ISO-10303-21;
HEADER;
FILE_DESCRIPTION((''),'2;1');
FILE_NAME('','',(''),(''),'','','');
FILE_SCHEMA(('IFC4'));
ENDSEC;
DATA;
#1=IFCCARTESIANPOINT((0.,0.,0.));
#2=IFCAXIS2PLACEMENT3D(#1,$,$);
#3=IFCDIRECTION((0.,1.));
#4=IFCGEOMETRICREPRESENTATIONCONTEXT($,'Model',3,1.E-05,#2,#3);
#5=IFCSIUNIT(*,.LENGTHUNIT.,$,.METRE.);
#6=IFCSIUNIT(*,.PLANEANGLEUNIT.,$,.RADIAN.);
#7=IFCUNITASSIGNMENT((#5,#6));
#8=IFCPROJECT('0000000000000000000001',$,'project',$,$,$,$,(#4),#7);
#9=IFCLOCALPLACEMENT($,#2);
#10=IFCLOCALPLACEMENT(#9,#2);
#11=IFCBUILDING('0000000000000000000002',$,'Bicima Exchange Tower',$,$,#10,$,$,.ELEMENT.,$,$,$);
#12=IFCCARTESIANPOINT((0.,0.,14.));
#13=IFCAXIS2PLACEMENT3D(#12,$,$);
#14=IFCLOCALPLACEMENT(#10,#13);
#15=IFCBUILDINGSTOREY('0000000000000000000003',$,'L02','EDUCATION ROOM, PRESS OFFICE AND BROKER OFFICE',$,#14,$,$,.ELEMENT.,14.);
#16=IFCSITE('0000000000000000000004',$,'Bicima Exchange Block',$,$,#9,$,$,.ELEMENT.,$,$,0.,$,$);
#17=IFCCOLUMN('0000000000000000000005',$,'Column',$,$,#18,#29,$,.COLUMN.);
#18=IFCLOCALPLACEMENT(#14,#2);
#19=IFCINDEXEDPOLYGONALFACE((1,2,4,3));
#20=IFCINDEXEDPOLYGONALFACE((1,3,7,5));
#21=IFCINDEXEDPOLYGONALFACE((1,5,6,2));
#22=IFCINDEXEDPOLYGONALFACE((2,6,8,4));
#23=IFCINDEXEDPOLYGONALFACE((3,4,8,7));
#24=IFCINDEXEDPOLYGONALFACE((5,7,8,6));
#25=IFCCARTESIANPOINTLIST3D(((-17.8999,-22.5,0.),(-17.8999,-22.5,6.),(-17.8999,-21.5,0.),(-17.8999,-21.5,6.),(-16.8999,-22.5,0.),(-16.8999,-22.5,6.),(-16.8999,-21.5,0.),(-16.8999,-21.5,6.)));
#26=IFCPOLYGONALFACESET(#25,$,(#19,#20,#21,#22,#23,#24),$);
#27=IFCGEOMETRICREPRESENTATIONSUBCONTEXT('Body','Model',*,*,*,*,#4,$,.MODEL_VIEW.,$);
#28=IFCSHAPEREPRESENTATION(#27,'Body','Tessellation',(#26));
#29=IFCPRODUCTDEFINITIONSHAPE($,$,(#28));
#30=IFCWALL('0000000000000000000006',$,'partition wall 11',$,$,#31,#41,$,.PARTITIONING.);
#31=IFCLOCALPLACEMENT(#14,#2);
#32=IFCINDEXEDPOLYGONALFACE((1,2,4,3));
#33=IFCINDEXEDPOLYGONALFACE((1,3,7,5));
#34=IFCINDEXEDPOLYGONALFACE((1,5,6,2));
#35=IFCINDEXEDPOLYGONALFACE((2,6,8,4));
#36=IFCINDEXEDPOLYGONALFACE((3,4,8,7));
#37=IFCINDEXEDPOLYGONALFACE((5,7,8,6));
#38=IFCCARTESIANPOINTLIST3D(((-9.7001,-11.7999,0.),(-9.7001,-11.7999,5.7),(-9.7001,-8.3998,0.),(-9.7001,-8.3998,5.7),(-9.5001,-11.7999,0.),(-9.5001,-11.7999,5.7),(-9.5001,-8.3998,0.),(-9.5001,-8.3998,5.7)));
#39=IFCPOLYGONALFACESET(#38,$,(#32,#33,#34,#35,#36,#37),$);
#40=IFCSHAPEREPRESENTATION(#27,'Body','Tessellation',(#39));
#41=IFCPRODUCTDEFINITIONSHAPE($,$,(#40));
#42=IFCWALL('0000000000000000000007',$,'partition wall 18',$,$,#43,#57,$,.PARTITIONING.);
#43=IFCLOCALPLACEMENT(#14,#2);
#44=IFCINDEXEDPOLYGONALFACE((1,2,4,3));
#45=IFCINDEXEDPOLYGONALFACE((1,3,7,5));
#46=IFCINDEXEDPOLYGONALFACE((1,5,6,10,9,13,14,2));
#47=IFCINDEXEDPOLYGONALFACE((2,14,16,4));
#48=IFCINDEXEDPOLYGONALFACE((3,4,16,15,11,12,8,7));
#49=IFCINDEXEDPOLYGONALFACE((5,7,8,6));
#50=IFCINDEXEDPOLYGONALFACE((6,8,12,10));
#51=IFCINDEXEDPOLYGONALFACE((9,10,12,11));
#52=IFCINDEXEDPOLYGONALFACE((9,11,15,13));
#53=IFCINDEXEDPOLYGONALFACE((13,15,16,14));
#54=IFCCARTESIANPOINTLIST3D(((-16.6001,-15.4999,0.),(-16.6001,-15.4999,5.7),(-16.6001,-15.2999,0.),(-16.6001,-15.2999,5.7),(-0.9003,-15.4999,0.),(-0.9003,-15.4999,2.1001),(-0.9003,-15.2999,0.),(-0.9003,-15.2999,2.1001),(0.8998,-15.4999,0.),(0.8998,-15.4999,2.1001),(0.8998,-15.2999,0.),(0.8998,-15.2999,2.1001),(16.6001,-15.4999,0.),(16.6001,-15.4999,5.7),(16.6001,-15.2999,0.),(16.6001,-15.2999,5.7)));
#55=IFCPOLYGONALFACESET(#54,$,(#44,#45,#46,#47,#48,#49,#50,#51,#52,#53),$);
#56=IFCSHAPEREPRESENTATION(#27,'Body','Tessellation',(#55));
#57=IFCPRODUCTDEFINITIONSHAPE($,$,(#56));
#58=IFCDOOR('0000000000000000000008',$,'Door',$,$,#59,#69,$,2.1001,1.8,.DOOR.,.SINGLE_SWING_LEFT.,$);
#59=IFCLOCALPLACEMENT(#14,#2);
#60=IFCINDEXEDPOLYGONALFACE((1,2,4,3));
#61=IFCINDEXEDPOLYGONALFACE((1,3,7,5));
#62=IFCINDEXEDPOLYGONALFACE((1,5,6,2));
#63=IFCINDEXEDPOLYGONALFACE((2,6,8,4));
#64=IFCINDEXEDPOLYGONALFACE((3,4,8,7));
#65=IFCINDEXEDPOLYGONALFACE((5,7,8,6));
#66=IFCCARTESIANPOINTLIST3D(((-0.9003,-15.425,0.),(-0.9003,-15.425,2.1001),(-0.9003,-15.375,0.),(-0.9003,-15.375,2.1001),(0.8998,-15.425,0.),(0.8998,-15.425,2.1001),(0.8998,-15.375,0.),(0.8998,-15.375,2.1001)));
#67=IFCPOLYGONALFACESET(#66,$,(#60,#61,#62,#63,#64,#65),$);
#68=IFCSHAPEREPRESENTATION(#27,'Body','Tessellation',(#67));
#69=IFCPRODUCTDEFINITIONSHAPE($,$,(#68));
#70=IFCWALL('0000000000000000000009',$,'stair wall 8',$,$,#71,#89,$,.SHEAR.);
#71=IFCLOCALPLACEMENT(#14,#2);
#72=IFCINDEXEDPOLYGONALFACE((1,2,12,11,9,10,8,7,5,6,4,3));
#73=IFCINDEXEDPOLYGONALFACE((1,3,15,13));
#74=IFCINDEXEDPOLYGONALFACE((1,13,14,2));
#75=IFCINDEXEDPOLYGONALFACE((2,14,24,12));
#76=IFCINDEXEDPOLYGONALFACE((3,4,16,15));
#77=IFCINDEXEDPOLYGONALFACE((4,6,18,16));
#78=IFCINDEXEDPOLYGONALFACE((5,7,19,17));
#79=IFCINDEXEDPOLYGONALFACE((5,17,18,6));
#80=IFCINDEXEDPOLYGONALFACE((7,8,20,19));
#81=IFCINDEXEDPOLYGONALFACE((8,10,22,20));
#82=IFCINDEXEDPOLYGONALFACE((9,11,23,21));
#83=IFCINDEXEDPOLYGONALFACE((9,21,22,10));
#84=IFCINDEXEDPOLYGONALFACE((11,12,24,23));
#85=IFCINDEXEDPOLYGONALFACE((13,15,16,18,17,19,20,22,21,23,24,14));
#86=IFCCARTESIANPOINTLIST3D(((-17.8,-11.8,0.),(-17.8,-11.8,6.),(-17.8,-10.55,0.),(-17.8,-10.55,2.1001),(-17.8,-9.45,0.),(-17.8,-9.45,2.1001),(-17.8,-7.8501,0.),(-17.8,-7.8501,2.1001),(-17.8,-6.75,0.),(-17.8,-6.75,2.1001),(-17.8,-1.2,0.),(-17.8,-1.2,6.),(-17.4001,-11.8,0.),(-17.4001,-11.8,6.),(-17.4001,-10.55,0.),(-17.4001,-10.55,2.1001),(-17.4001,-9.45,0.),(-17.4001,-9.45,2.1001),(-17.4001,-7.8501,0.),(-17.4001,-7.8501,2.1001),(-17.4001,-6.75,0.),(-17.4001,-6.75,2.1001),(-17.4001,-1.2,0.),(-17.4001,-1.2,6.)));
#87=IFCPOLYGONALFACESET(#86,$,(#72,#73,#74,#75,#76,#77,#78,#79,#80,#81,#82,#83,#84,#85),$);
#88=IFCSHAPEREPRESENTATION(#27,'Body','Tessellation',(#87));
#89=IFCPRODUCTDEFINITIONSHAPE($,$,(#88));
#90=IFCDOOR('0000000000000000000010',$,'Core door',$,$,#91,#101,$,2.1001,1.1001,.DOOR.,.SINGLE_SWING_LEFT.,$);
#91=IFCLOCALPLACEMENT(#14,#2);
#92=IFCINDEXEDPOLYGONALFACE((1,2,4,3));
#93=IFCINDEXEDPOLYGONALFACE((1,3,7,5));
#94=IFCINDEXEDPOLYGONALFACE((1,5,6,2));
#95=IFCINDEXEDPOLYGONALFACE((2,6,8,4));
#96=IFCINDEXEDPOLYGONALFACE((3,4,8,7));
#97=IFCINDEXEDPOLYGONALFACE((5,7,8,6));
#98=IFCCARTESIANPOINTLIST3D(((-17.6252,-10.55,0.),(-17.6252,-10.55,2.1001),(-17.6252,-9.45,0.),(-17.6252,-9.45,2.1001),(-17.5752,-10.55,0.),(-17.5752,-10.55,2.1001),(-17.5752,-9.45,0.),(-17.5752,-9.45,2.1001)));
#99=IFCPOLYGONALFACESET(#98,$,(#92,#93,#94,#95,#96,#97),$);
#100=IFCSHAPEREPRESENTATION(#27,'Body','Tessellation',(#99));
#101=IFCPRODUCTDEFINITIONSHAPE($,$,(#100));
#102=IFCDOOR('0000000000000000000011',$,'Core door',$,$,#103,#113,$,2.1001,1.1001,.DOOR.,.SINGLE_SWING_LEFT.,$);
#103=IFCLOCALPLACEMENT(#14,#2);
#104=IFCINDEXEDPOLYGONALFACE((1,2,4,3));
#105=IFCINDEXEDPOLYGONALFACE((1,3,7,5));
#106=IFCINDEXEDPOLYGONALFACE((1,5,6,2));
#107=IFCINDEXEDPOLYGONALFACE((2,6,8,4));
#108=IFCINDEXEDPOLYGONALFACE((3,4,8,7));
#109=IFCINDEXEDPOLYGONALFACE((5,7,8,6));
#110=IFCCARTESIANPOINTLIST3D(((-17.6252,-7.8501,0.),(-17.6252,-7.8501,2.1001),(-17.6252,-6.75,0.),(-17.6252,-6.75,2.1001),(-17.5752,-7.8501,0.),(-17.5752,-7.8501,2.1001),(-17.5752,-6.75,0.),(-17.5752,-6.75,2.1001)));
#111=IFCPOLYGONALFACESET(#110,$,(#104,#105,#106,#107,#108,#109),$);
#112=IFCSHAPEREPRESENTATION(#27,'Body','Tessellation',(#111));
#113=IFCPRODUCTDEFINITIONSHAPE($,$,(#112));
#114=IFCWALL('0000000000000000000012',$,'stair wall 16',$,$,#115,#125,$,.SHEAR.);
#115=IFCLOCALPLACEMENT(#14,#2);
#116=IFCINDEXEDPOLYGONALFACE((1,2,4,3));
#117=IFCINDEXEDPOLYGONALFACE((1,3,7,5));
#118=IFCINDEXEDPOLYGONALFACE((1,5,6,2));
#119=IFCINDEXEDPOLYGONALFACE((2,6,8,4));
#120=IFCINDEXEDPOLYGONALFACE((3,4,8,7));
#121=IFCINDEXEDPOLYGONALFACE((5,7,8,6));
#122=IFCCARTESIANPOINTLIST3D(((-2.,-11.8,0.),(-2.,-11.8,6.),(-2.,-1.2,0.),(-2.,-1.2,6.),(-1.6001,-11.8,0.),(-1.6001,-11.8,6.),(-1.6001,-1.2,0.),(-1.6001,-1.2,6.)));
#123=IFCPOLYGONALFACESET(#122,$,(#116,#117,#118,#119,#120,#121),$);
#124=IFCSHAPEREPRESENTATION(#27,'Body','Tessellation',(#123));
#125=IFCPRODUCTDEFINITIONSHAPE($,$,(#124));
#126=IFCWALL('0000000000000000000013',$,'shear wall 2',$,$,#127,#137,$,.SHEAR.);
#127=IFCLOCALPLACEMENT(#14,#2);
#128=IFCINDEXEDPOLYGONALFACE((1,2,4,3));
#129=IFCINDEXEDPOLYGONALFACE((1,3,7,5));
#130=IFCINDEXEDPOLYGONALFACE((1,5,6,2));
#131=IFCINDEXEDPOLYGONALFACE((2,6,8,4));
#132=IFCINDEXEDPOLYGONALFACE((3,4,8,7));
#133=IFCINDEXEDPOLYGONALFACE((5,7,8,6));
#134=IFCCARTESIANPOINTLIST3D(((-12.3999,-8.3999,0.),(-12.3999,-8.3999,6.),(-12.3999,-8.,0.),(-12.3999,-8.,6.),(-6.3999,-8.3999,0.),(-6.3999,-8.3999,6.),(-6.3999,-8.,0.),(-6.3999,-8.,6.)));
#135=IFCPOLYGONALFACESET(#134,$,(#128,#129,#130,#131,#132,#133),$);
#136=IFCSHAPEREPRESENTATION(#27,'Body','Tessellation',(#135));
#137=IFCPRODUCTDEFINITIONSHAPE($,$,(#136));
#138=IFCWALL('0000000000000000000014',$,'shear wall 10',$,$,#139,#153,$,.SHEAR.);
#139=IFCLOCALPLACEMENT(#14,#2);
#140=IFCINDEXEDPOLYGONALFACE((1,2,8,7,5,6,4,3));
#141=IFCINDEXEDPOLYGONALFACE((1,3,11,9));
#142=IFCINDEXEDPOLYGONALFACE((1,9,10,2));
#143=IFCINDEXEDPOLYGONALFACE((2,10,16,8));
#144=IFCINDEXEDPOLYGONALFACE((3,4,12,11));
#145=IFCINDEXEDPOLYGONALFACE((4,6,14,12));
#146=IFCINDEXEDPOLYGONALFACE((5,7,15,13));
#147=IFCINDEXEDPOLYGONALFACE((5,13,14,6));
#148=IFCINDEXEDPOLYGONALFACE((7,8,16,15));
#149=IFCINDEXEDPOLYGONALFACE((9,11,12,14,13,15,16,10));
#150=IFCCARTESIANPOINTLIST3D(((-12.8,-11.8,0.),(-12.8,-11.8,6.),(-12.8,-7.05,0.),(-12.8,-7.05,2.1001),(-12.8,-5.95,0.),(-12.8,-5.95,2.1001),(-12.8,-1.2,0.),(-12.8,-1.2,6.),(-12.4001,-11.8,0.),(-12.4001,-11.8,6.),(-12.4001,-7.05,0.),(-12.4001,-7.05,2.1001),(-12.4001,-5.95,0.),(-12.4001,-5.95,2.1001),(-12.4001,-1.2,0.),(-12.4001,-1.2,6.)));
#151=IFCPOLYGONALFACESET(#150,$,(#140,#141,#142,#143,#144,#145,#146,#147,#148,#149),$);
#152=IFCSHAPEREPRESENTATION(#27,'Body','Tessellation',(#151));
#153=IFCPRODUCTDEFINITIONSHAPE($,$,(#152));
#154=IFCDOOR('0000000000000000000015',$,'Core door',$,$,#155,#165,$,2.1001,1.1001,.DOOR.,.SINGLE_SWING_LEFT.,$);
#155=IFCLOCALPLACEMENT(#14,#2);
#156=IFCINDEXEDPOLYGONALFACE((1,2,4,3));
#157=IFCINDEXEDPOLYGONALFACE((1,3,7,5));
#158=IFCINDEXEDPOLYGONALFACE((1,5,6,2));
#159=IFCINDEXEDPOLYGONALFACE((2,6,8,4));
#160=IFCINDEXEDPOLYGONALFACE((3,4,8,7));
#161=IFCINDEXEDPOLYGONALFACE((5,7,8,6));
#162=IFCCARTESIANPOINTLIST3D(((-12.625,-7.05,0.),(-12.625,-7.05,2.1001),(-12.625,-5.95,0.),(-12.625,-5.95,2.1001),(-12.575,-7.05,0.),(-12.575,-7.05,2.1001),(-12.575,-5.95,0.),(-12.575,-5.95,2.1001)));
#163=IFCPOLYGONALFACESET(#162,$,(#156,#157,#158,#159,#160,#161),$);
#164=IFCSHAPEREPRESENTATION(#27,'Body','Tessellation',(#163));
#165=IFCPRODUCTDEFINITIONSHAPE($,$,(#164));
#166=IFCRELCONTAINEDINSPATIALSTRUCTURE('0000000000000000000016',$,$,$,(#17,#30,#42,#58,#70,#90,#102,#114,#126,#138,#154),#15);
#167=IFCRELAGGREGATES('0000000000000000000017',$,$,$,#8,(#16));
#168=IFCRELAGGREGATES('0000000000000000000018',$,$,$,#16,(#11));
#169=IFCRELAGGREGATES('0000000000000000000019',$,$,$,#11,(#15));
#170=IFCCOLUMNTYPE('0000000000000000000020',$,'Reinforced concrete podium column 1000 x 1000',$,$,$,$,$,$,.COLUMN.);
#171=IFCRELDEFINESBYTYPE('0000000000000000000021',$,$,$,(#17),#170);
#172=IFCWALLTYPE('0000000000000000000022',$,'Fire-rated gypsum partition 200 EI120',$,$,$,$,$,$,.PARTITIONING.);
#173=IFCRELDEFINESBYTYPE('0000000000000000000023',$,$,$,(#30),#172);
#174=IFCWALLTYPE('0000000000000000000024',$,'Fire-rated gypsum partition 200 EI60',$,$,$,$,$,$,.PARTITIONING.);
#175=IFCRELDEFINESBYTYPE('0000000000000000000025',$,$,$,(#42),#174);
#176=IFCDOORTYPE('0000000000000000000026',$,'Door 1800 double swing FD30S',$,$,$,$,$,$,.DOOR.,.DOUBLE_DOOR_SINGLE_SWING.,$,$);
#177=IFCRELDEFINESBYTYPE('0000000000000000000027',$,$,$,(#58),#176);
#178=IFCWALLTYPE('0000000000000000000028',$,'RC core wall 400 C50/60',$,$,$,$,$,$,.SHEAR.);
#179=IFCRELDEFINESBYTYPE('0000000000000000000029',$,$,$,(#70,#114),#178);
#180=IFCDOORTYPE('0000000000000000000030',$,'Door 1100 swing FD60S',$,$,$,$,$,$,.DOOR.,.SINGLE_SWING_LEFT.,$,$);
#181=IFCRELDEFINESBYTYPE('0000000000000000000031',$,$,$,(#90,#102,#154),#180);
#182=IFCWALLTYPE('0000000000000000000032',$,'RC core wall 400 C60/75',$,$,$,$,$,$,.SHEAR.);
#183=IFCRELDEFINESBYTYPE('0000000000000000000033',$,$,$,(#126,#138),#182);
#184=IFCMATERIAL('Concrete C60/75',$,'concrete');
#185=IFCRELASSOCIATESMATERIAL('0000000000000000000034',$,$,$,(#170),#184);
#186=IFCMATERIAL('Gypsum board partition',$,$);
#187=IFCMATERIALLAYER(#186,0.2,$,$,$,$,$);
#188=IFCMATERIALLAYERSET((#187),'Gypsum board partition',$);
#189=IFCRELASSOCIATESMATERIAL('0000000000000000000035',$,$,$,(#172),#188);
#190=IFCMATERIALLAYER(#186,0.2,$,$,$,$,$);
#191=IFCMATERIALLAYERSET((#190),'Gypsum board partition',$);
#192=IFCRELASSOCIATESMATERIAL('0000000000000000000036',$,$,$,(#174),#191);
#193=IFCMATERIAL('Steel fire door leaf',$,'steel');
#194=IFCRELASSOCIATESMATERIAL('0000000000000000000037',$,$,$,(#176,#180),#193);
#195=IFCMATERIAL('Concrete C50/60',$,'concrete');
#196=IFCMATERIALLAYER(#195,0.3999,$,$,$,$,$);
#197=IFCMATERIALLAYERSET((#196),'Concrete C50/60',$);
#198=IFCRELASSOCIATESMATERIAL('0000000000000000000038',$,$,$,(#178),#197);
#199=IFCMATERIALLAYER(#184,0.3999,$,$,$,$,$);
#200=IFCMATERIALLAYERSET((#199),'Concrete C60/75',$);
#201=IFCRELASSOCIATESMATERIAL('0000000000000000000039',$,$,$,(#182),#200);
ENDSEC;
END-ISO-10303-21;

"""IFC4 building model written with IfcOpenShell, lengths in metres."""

from ifc_helpers import new_model, si_unit, direction, frame, frame_2d, origin, origin_2d, place, context, subcontext, project, spatial, rectangle, extrude, material, layer, layer_set, material_profile, profile_set, type_object, element, fill, save


model = new_model("IFC4")

# Units and contexts
model_context = context("Model", 3, precision=1e-05, world=origin(), true_north=direction((0.0, 1.0)))
body_context = subcontext(model_context, "Body", "Model", "MODEL_VIEW")
ifc_project = project(units=[si_unit("LENGTHUNIT", "METRE"), si_unit("PLANEANGLEUNIT", "RADIAN")], contexts=[model_context])

# Site, building, storey
site_placement = place(None, origin())
site = spatial("IfcSite", under=ifc_project, at=site_placement, Name="Bicima Exchange Block", CompositionType="ELEMENT", RefElevation=0.0)
building_placement = place(site_placement, origin())
building = spatial("IfcBuilding", under=site, at=building_placement, Name="Bicima Exchange Tower", CompositionType="ELEMENT")
storey_placement = place(building_placement, frame((0.0, 0.0, 14.0)))
storey = spatial("IfcBuildingStorey", under=building, at=storey_placement, Name="L02", Description="EDUCATION ROOM, PRESS OFFICE AND BROKER OFFICE", CompositionType="ELEMENT", Elevation=14.0)

# Column
ifc_material_1 = material(Name="Concrete C60/75", Category="concrete")
ifc_material_profile = material_profile(ifc_material_1, rectangle(XDim=1.0, YDim=1.0, at=origin_2d()))
ifc_profile_set = profile_set([ifc_material_profile], Name="Concrete C60/75")
column_type = type_object("IfcColumnType", Name="Reinforced concrete podium column 1000 x 1000", PredefinedType="COLUMN", material=ifc_profile_set)
column_placement = place(storey_placement, frame((-17.3999, -22.0, 0.0), z_axis=(0.0, 0.0, 1.0), x_axis=(1.0, 0.0, 0.0)))
element("IfcColumn", 1, at=column_placement, inside=storey, type_object=column_type, Name="Column", PredefinedType="COLUMN", context=body_context, shape_type="SweptSolid", body=[
    extrude(rectangle(XDim=1.0, YDim=1.0, at=origin_2d()), origin(), (0.0, 0.0, 1.0), 6.0),
])

# Wall
ifc_material_2 = material(Name="Gypsum board partition")
ifc_layer_1 = layer(ifc_material_2, 0.2)
ifc_layer_set_1 = layer_set([ifc_layer_1], Name="Gypsum board partition")
wall_type_1 = type_object("IfcWallType", Name="Fire-rated gypsum partition 200 EI120", PredefinedType="PARTITIONING", material=ifc_layer_set_1)
wall_1_placement = place(storey_placement, frame((-9.6001, -11.8, 0.0), z_axis=(0.0, 0.0, 1.0), x_axis=(0.0, 1.0, 0.0)))
element("IfcWall", 2, at=wall_1_placement, inside=storey, type_object=wall_type_1, Name="partition wall 11", PredefinedType="PARTITIONING", context=body_context, shape_type="SweptSolid", body=[
    extrude(rectangle(XDim=3.4001, YDim=0.2, at=frame_2d((1.7002, 0.0))), origin(), (0.0, 0.0, 1.0), 5.7),
])

# Wall, opening, door
ifc_layer_2 = layer(ifc_material_2, 0.2)
ifc_layer_set_2 = layer_set([ifc_layer_2], Name="Gypsum board partition")
wall_type_2 = type_object("IfcWallType", Name="Fire-rated gypsum partition 200 EI60", PredefinedType="PARTITIONING", material=ifc_layer_set_2)
wall_2_placement = place(storey_placement, frame((-16.6001, -15.3999, 0.0), z_axis=(0.0, 0.0, 1.0), x_axis=(1.0, 0.0, 0.0)))
wall_2 = element("IfcWall", 3, at=wall_2_placement, inside=storey, type_object=wall_type_2, Name="partition wall 18", PredefinedType="PARTITIONING", context=body_context, shape_type="SweptSolid", body=[
    extrude(rectangle(XDim=33.2002, YDim=0.2, at=frame_2d((16.6001, 0.0))), origin(), (0.0, 0.0, 1.0), 5.7),
])
opening_1_placement = place(wall_2_placement, frame((15.7, 0.0, 0.0)))
opening_1 = element("IfcOpeningElement", 4, at=opening_1_placement, cuts=wall_2, PredefinedType="OPENING", context=body_context, shape_type="SweptSolid", body=[
    extrude(rectangle(XDim=1.8, YDim=2.1001, at=frame_2d((0.8999, 1.05))), frame((0.0, 0.1118, 0.0), z_axis=(0.0, -1.0, 0.0), x_axis=(1.0, 0.0, 0.0)), (0.0, 0.0, 1.0), 0.2239),
])
ifc_material_3 = material(Name="Steel fire door leaf", Category="steel")
door_type_1 = type_object("IfcDoorType", Name="Door 1800 double swing FD30S", OperationType="DOUBLE_DOOR_SINGLE_SWING", PredefinedType="DOOR", material=ifc_material_3)
door_1_placement = place(opening_1_placement, origin())
door_1 = element("IfcDoor", 5, at=door_1_placement, inside=storey, type_object=door_type_1, Name="Door", OperationType="SINGLE_SWING_LEFT", OverallHeight=2.1001, OverallWidth=1.8, PredefinedType="DOOR", context=body_context, shape_type="SweptSolid", body=[
    extrude(rectangle(XDim=1.8, YDim=2.1001, at=frame_2d((0.8999, 1.05))), frame((0.0, 0.0249, 0.0), z_axis=(0.0, -1.0, 0.0), x_axis=(1.0, 0.0, 0.0)), (0.0, 0.0, 1.0), 0.05),
])
fill(opening_1, door_1)

# Wall, openings, doors
ifc_material_4 = material(Name="Concrete C50/60", Category="concrete")
ifc_layer_3 = layer(ifc_material_4, 0.3999)
ifc_layer_set_3 = layer_set([ifc_layer_3], Name="Concrete C50/60")
wall_type_3 = type_object("IfcWallType", Name="RC core wall 400 C50/60", PredefinedType="SHEAR", material=ifc_layer_set_3)
wall_3_placement = place(storey_placement, frame((-17.6001, -11.8, 0.0), z_axis=(0.0, 0.0, 1.0), x_axis=(0.0, 1.0, 0.0)))
wall_3 = element("IfcWall", 6, at=wall_3_placement, inside=storey, type_object=wall_type_3, Name="stair wall 8", PredefinedType="SHEAR", context=body_context, shape_type="SweptSolid", body=[
    extrude(rectangle(XDim=10.6001, YDim=0.3999, at=frame_2d((5.3, 0.0))), origin(), (0.0, 0.0, 1.0), 6.0),
])
opening_2_placement = place(wall_3_placement, frame((1.25, 0.0, 0.0)))
opening_2 = element("IfcOpeningElement", 7, at=opening_2_placement, cuts=wall_3, PredefinedType="OPENING", context=body_context, shape_type="SweptSolid", body=[
    extrude(rectangle(XDim=1.1001, YDim=2.1001, at=frame_2d((0.55, 1.05))), frame((0.0, 0.2119, 0.0), z_axis=(0.0, -1.0, 0.0), x_axis=(1.0, 0.0, 0.0)), (0.0, 0.0, 1.0), 0.4238),
])
opening_3_placement = place(wall_3_placement, frame((3.95, 0.0, 0.0)))
opening_3 = element("IfcOpeningElement", 8, at=opening_3_placement, cuts=wall_3, PredefinedType="OPENING", context=body_context, shape_type="SweptSolid", body=[
    extrude(rectangle(XDim=1.1001, YDim=2.1001, at=frame_2d((0.55, 1.05))), frame((0.0, 0.2119, 0.0), z_axis=(0.0, -1.0, 0.0), x_axis=(1.0, 0.0, 0.0)), (0.0, 0.0, 1.0), 0.4238),
])
door_type_2 = type_object("IfcDoorType", Name="Door 1100 swing FD60S", OperationType="SINGLE_SWING_LEFT", PredefinedType="DOOR", material=ifc_material_3)
door_2_placement = place(opening_2_placement, frame((1.1001, 0.0, 0.0), z_axis=(0.0, 0.0, 1.0), x_axis=(-1.0, 0.0, 0.0)))
door_2 = element("IfcDoor", 9, at=door_2_placement, inside=storey, type_object=door_type_2, Name="Core door", OperationType="SINGLE_SWING_LEFT", OverallHeight=2.1001, OverallWidth=1.1001, PredefinedType="DOOR", context=body_context, shape_type="SweptSolid", body=[
    extrude(rectangle(XDim=1.1001, YDim=2.1001, at=frame_2d((0.55, 1.05))), frame((0.0, 0.0249, 0.0), z_axis=(0.0, -1.0, 0.0), x_axis=(1.0, 0.0, 0.0)), (0.0, 0.0, 1.0), 0.05),
])
fill(opening_2, door_2)
door_3_placement = place(opening_3_placement, frame((1.1001, 0.0, 0.0), z_axis=(0.0, 0.0, 1.0), x_axis=(-1.0, 0.0, 0.0)))
door_3 = element("IfcDoor", 10, at=door_3_placement, inside=storey, type_object=door_type_2, Name="Core door", OperationType="SINGLE_SWING_LEFT", OverallHeight=2.1001, OverallWidth=1.1001, PredefinedType="DOOR", context=body_context, shape_type="SweptSolid", body=[
    extrude(rectangle(XDim=1.1001, YDim=2.1001, at=frame_2d((0.55, 1.05))), frame((0.0, 0.0249, 0.0), z_axis=(0.0, -1.0, 0.0), x_axis=(1.0, 0.0, 0.0)), (0.0, 0.0, 1.0), 0.05),
])
fill(opening_3, door_3)

# Walls
wall_4_placement = place(storey_placement, frame((-1.8, -11.8, 0.0), z_axis=(0.0, 0.0, 1.0), x_axis=(0.0, 1.0, 0.0)))
element("IfcWall", 11, at=wall_4_placement, inside=storey, type_object=wall_type_3, Name="stair wall 16", PredefinedType="SHEAR", context=body_context, shape_type="SweptSolid", body=[
    extrude(rectangle(XDim=10.6001, YDim=0.3999, at=frame_2d((5.3, 0.0))), origin(), (0.0, 0.0, 1.0), 6.0),
])
ifc_layer_4 = layer(ifc_material_1, 0.3999)
ifc_layer_set_4 = layer_set([ifc_layer_4], Name="Concrete C60/75")
wall_type_4 = type_object("IfcWallType", Name="RC core wall 400 C60/75", PredefinedType="SHEAR", material=ifc_layer_set_4)
wall_5_placement = place(storey_placement, frame((-12.3999, -8.2, 0.0), z_axis=(0.0, 0.0, 1.0), x_axis=(1.0, 0.0, 0.0)))
element("IfcWall", 12, at=wall_5_placement, inside=storey, type_object=wall_type_4, Name="shear wall 2", PredefinedType="SHEAR", context=body_context, shape_type="SweptSolid", body=[
    extrude(rectangle(XDim=6.0, YDim=0.3999, at=frame_2d((3.0, 0.0))), origin(), (0.0, 0.0, 1.0), 6.0),
])

# Wall, opening, door
wall_6_placement = place(storey_placement, frame((-12.6001, -11.8, 0.0), z_axis=(0.0, 0.0, 1.0), x_axis=(0.0, 1.0, 0.0)))
wall_6 = element("IfcWall", 13, at=wall_6_placement, inside=storey, type_object=wall_type_4, Name="shear wall 10", PredefinedType="SHEAR", context=body_context, shape_type="SweptSolid", body=[
    extrude(rectangle(XDim=10.6001, YDim=0.3999, at=frame_2d((5.3, 0.0))), origin(), (0.0, 0.0, 1.0), 6.0),
])
opening_4_placement = place(wall_6_placement, frame((4.75, 0.0, 0.0)))
opening_4 = element("IfcOpeningElement", 14, at=opening_4_placement, cuts=wall_6, PredefinedType="OPENING", context=body_context, shape_type="SweptSolid", body=[
    extrude(rectangle(XDim=1.1001, YDim=2.1001, at=frame_2d((0.55, 1.05))), frame((0.0, 0.2119, 0.0), z_axis=(0.0, -1.0, 0.0), x_axis=(1.0, 0.0, 0.0)), (0.0, 0.0, 1.0), 0.4238),
])
door_4_placement = place(opening_4_placement, origin())
door_4 = element("IfcDoor", 15, at=door_4_placement, inside=storey, type_object=door_type_2, Name="Core door", OperationType="SINGLE_SWING_LEFT", OverallHeight=2.1001, OverallWidth=1.1001, PredefinedType="DOOR", context=body_context, shape_type="SweptSolid", body=[
    extrude(rectangle(XDim=1.1001, YDim=2.1001, at=frame_2d((0.55, 1.05))), frame((0.0, 0.0249, 0.0), z_axis=(0.0, -1.0, 0.0), x_axis=(1.0, 0.0, 0.0)), (0.0, 0.0, 1.0), 0.05),
])
fill(opening_4, door_4)

save(model, "model.ifc")
